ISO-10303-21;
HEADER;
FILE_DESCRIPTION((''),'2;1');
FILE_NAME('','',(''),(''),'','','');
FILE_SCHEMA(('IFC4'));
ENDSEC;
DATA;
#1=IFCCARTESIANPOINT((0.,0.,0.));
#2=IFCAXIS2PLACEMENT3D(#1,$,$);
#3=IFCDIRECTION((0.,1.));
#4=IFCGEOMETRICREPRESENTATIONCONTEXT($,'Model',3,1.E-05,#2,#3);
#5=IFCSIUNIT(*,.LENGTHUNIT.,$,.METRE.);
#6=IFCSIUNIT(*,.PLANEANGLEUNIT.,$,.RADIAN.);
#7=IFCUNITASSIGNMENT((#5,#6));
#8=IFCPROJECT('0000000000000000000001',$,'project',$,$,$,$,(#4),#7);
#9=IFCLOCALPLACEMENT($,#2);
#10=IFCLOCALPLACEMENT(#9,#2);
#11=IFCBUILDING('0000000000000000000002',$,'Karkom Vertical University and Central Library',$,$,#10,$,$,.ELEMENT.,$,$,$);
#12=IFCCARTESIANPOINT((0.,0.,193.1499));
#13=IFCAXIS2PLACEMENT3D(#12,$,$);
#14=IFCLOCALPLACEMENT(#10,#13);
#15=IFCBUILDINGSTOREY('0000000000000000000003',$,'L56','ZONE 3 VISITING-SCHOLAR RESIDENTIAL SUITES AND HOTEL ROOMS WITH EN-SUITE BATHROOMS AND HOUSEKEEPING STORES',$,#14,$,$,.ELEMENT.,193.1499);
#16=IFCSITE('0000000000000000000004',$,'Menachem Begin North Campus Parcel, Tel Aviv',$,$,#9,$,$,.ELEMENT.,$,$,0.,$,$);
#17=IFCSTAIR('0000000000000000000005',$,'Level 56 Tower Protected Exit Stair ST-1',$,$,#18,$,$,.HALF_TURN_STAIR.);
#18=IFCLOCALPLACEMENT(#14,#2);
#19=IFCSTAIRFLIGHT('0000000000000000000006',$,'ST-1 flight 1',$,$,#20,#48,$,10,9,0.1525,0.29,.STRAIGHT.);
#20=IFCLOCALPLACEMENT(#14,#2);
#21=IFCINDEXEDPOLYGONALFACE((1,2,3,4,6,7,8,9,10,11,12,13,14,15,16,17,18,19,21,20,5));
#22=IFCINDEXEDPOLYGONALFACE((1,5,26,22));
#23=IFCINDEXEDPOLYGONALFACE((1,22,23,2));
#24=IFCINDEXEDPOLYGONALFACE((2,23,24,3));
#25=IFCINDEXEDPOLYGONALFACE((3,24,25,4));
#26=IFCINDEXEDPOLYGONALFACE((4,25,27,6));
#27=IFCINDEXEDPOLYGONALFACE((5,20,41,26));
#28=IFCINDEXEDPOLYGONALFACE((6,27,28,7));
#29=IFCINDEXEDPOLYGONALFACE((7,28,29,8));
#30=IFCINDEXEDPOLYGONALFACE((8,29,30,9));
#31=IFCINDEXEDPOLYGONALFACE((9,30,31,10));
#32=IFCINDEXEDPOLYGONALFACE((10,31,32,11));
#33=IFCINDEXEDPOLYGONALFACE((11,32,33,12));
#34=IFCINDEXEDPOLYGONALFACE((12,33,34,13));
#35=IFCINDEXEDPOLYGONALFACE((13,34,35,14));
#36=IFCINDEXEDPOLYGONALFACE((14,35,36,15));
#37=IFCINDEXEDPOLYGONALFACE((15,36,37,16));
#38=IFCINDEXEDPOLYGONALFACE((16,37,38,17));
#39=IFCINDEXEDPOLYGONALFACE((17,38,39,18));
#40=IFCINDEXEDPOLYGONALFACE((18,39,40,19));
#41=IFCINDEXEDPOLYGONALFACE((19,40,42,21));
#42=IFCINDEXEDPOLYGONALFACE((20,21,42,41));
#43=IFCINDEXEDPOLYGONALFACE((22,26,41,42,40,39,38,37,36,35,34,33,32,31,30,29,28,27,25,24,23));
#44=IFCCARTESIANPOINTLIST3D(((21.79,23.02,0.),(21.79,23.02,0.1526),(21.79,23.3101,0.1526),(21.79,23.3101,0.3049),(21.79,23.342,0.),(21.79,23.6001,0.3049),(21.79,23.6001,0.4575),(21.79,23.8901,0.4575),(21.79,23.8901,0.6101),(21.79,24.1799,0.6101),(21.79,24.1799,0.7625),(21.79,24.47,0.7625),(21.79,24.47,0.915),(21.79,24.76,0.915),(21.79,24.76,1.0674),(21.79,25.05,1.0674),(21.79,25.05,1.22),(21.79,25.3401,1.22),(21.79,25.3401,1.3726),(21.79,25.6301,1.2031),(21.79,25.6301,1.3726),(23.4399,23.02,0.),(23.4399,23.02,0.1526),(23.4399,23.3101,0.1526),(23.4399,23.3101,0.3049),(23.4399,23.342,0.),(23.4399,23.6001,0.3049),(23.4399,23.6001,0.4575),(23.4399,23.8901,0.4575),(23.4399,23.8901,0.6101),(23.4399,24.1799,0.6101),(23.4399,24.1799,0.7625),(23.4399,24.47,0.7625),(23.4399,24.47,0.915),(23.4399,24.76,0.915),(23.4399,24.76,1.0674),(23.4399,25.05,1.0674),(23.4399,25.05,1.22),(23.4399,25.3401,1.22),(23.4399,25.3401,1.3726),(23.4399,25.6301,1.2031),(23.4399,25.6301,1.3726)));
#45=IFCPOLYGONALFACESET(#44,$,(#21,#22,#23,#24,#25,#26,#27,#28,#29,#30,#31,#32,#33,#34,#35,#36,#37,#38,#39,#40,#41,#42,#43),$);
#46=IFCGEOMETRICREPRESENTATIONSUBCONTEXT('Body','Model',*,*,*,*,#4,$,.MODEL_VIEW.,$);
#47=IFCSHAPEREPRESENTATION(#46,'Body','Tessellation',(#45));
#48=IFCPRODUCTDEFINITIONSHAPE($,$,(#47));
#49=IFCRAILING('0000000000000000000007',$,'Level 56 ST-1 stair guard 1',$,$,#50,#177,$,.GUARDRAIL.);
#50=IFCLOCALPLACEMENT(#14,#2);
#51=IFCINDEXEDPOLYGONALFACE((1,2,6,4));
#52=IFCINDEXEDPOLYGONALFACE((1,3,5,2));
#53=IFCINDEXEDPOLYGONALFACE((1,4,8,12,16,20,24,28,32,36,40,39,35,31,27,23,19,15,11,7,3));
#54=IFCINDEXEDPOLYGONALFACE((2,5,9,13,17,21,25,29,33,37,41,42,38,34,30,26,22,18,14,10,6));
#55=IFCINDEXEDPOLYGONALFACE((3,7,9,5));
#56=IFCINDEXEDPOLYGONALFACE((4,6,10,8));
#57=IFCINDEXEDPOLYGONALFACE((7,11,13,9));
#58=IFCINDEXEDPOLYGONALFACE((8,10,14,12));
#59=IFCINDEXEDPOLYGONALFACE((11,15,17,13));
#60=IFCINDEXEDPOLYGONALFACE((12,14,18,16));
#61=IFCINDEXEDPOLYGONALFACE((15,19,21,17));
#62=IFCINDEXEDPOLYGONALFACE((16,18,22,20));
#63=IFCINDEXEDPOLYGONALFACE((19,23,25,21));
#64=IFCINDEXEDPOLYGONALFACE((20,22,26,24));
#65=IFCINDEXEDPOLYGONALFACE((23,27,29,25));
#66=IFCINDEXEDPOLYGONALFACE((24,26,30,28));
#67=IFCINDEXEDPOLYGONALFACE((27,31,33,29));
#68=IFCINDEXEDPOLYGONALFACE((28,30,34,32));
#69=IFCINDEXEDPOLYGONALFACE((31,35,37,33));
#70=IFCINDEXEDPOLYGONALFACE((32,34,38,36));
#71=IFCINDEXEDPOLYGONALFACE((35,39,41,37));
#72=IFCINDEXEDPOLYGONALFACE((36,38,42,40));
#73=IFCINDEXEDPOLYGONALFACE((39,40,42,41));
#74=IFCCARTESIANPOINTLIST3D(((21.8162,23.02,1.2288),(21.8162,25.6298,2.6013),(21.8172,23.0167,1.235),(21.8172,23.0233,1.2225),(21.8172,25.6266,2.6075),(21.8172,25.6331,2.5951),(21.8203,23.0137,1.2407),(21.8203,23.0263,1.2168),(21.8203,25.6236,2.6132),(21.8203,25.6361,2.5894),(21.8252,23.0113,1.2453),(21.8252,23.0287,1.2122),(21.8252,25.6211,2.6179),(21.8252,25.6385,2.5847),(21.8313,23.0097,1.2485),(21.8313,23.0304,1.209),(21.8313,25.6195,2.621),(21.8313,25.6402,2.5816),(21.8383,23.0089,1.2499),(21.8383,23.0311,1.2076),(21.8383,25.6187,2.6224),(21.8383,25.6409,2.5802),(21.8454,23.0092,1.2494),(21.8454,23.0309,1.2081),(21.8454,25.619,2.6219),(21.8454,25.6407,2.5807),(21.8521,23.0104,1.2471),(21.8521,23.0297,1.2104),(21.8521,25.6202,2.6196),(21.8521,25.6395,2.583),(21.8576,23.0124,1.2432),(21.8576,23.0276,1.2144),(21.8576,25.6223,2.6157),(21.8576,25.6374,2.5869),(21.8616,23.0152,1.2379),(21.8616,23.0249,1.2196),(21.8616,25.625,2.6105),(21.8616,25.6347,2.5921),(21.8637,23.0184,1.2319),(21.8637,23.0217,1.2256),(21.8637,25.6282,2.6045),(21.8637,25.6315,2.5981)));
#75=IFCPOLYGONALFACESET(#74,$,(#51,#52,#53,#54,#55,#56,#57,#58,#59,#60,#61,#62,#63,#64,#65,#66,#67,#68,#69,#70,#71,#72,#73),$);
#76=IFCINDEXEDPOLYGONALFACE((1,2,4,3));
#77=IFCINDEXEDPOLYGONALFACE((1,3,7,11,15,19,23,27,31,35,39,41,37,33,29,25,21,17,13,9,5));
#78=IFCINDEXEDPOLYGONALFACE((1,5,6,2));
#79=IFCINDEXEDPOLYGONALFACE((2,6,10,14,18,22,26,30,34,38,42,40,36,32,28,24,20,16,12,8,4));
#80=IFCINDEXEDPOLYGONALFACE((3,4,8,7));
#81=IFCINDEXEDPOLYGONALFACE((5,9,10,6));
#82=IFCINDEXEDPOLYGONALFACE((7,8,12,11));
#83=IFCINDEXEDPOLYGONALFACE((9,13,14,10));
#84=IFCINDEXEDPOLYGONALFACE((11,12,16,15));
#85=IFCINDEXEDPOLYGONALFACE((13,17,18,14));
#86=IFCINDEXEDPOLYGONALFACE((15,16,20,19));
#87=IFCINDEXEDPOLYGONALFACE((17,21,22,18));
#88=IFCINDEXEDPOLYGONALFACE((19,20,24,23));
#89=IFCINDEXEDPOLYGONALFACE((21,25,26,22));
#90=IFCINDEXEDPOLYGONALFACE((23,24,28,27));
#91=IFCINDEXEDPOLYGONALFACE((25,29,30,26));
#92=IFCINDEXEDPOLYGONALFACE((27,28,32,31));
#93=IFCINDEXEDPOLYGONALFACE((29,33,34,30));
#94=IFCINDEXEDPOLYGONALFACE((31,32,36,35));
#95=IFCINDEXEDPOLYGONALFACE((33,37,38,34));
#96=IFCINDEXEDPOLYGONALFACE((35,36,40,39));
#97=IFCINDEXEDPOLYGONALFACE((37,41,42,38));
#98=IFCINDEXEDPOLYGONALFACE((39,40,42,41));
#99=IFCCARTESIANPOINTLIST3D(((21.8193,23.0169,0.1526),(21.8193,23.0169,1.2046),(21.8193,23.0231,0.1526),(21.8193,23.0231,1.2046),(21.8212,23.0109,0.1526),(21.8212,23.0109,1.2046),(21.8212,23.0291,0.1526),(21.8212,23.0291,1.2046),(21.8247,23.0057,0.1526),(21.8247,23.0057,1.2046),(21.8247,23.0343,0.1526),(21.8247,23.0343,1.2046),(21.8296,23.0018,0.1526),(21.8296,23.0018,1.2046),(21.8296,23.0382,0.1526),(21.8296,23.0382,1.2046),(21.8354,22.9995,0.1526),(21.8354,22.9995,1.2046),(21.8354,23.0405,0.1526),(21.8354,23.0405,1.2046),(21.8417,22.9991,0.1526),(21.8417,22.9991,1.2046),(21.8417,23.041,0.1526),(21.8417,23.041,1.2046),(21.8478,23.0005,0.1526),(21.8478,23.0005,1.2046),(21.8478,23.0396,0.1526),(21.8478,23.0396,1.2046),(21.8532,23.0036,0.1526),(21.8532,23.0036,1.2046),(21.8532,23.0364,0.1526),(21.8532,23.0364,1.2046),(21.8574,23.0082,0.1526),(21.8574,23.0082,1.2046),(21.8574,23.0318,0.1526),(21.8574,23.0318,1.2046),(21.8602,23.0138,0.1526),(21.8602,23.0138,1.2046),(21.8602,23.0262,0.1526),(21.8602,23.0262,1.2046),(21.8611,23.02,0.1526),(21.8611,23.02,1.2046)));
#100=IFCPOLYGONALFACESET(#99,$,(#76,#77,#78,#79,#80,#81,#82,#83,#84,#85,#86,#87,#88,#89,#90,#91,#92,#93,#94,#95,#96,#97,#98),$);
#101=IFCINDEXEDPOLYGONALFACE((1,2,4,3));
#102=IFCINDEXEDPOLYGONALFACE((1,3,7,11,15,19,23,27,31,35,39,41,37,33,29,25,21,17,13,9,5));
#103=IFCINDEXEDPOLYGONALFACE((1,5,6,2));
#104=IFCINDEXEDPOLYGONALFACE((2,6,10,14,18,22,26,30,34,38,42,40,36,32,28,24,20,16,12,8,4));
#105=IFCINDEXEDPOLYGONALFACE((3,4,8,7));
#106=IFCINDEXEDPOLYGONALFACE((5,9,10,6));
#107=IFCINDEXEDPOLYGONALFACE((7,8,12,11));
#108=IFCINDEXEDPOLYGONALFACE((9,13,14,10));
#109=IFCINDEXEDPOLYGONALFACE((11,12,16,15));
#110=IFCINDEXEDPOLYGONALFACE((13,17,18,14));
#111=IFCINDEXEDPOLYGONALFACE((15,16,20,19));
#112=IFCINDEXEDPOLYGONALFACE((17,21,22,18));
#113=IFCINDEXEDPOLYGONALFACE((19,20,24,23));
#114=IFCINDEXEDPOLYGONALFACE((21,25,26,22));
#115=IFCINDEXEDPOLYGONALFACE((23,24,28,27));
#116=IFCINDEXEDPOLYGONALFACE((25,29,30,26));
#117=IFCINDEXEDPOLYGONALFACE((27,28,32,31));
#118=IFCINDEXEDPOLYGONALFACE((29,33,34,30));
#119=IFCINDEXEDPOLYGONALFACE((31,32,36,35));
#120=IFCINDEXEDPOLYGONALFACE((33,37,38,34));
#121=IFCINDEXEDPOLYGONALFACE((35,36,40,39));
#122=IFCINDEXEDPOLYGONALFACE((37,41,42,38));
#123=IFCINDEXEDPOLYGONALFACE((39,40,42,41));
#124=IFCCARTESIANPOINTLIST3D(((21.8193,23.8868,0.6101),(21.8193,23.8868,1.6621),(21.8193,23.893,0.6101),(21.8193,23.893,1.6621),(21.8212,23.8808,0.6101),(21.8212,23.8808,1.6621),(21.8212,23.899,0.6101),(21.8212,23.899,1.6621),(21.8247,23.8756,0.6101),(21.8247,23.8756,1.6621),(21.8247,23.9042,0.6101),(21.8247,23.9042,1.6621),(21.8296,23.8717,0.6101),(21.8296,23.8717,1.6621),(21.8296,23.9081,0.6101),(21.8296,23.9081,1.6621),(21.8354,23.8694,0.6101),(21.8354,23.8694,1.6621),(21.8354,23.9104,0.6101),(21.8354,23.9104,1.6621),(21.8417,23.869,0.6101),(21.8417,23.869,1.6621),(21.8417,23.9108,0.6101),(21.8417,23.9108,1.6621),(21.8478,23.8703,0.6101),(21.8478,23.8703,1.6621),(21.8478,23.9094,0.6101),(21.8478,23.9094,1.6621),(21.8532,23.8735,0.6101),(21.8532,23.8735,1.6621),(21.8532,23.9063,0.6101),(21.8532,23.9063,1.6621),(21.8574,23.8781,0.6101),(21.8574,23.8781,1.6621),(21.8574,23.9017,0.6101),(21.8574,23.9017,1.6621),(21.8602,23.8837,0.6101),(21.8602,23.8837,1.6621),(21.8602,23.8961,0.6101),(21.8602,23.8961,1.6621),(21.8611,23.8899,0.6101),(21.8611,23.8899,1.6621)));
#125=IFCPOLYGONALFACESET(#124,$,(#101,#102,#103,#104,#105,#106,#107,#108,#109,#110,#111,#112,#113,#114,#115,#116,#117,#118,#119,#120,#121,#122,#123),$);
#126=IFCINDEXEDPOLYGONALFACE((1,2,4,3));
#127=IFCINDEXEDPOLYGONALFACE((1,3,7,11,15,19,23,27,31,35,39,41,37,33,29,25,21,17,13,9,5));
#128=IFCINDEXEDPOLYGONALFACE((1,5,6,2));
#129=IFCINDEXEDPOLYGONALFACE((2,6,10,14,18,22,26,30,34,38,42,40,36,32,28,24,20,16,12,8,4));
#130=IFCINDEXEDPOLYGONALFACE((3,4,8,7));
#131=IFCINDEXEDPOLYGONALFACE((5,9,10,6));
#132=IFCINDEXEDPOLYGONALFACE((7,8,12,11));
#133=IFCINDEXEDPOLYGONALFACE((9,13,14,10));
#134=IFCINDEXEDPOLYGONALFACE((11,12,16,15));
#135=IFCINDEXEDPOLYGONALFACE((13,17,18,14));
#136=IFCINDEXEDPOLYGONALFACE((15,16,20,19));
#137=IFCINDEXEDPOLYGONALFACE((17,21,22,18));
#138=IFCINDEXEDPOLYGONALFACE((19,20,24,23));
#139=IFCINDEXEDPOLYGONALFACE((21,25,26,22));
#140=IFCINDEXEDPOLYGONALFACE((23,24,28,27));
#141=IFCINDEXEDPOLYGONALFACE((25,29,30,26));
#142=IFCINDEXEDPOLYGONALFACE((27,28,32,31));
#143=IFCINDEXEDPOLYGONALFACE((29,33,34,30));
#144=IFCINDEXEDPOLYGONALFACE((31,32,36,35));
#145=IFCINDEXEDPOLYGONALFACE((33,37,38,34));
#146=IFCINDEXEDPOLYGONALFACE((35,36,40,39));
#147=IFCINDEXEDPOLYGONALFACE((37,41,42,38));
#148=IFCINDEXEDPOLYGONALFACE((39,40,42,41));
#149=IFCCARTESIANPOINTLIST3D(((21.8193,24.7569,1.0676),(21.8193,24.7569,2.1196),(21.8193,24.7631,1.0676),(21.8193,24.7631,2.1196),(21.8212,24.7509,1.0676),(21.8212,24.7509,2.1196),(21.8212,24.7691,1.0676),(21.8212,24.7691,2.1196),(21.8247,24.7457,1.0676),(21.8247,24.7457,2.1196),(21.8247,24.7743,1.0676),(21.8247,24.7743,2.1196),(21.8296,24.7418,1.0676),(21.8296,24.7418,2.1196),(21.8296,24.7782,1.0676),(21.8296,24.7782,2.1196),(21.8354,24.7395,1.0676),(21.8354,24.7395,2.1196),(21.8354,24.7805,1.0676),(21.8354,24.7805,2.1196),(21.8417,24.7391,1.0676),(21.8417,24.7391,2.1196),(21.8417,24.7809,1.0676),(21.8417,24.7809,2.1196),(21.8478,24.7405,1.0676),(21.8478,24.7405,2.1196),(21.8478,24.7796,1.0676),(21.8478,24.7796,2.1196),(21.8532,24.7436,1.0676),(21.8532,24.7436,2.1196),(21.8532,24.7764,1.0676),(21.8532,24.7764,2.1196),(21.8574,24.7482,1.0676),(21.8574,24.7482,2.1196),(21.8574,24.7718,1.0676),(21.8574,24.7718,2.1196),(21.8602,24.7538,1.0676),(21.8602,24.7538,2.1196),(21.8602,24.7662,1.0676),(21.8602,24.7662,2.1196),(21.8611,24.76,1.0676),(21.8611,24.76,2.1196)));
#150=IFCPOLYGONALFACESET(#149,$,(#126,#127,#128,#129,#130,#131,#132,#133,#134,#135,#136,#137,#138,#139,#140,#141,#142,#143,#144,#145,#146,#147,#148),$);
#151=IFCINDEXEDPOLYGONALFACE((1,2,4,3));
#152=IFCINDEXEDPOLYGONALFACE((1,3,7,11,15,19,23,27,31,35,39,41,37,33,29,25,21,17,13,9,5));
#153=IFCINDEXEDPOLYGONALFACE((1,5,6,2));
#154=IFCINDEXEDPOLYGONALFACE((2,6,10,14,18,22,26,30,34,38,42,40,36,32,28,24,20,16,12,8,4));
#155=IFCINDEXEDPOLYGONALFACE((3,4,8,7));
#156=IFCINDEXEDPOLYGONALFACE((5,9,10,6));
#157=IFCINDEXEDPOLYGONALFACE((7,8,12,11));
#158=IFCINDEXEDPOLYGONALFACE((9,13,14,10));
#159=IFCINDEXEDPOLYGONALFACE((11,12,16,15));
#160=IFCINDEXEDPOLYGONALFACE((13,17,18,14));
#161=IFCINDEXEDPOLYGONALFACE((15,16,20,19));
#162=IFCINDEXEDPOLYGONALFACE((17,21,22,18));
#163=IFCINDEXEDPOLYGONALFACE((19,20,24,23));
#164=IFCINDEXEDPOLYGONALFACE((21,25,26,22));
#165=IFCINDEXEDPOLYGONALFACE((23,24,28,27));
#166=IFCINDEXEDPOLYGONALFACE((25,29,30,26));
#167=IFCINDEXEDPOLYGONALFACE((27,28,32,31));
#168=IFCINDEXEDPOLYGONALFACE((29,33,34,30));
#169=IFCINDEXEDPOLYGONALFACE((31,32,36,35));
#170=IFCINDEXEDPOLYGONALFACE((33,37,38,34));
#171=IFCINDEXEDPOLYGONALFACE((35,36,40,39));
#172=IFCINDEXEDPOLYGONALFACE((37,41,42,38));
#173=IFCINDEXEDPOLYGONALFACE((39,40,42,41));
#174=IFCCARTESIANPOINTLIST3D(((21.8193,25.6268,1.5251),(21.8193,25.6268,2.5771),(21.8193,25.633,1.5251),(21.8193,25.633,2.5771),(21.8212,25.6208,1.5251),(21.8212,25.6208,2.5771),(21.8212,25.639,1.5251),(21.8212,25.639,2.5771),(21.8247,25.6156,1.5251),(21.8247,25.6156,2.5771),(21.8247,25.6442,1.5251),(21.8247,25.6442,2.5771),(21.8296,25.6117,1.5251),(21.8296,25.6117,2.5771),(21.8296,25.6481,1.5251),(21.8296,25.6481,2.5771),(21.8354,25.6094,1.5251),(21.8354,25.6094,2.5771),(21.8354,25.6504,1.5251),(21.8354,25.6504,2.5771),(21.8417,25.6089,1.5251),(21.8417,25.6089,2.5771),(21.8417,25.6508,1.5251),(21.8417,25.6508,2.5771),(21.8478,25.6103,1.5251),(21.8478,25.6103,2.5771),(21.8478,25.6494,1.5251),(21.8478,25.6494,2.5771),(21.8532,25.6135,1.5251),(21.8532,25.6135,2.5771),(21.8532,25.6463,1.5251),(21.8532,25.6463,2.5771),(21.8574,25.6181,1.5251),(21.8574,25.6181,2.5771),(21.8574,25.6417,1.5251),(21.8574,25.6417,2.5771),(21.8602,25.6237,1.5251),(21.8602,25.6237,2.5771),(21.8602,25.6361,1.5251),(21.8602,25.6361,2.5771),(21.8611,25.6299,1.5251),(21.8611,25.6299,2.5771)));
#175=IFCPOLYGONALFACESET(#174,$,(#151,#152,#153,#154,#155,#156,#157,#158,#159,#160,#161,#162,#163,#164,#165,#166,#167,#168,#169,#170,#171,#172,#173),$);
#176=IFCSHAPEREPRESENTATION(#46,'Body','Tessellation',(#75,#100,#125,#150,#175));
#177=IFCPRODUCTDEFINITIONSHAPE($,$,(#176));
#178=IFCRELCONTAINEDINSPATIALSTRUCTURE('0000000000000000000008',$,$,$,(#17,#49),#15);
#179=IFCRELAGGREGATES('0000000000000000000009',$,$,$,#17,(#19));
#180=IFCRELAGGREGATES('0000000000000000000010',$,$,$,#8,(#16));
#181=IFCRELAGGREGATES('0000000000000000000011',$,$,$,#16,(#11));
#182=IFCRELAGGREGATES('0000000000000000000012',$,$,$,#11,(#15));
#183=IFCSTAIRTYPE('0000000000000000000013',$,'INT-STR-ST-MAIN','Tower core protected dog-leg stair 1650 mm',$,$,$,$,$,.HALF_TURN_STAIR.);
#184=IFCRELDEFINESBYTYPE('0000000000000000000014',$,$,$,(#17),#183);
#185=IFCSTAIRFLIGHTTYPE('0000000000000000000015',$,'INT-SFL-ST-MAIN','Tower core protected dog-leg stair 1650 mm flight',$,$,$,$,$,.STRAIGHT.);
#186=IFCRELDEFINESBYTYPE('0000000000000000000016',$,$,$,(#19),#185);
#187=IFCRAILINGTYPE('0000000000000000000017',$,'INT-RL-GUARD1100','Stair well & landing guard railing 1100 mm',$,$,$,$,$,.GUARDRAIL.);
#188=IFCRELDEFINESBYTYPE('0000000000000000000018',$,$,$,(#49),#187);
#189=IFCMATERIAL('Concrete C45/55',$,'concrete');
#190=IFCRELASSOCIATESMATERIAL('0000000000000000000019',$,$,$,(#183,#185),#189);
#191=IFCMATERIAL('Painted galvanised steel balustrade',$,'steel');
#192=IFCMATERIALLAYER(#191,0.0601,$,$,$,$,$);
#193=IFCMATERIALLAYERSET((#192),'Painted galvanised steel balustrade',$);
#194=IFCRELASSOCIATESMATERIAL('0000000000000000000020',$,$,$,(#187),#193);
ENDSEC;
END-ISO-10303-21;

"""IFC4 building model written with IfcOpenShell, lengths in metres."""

from ifc_helpers import new_model, si_unit, direction, frame, origin, origin_2d, place, context, subcontext, project, spatial, polyline, circle, outline, extrude, material, layer, layer_set, type_object, element, aggregate, save


model = new_model("IFC4")

# Units and contexts
model_context = context("Model", 3, precision=1e-05, world=origin(), true_north=direction((0.0, 1.0)))
body_context = subcontext(model_context, "Body", "Model", "MODEL_VIEW")
ifc_project = project(units=[si_unit("LENGTHUNIT", "METRE"), si_unit("PLANEANGLEUNIT", "RADIAN")], contexts=[model_context])

# Site, building, storey
site_placement = place(None, origin())
site = spatial("IfcSite", under=ifc_project, at=site_placement, Name="Menachem Begin North Campus Parcel, Tel Aviv", CompositionType="ELEMENT", RefElevation=0.0)
building_placement = place(site_placement, origin())
building = spatial("IfcBuilding", under=site, at=building_placement, Name="Karkom Vertical University and Central Library", CompositionType="ELEMENT")
storey_placement = place(building_placement, frame((0.0, 0.0, 193.1499)))
storey = spatial("IfcBuildingStorey", under=building, at=storey_placement, Name="L56", Description="ZONE 3 VISITING-SCHOLAR RESIDENTIAL SUITES AND HOTEL ROOMS WITH EN-SUITE BATHROOMS AND HOUSEKEEPING STORES", CompositionType="ELEMENT", Elevation=193.1499)

# Shared definitions
ifc_material_1 = material(Name="Concrete C45/55", Category="concrete")

# Stair, stair flight
stair_type = type_object("IfcStairType", Name="INT-STR-ST-MAIN", Description="Tower core protected dog-leg stair 1650 mm", PredefinedType="HALF_TURN_STAIR", material=ifc_material_1)
stair_placement = place(storey_placement, origin())
stair = element("IfcStair", 1, at=stair_placement, inside=storey, type_object=stair_type, Name="Level 56 Tower Protected Exit Stair ST-1", PredefinedType="HALF_TURN_STAIR")
stair_flight_type = type_object("IfcStairFlightType", Name="INT-SFL-ST-MAIN", Description="Tower core protected dog-leg stair 1650 mm flight", PredefinedType="STRAIGHT", material=ifc_material_1)
stair_flight_placement = place(storey_placement, frame((22.615, 23.02, 0.0), z_axis=(0.0, 0.0, 1.0), x_axis=(0.0, 1.0, 0.0)))
stair_flight = element("IfcStairFlight", 2, at=stair_flight_placement, type_object=stair_flight_type, Name="ST-1 flight 1", NumberOfRisers=10, NumberOfTreads=9, PredefinedType="STRAIGHT", RiserHeight=0.1525, TreadLength=0.29, context=body_context, shape_type="SweptSolid", body=[
    extrude(outline(polyline([(0.0, 0.0), (0.0, 0.1526), (0.29, 0.1526), (0.29, 0.3049), (0.5801, 0.3049), (0.5801, 0.4575), (0.8701, 0.4575), (0.8701, 0.6101), (1.1599, 0.6101), (1.1599, 0.7625), (1.45, 0.7625), (1.45, 0.915), (1.74, 0.915), (1.74, 1.0674), (2.03, 1.0674), (2.03, 1.22), (2.3201, 1.22), (2.3201, 1.3726), (2.6101, 1.3726), (2.6101, 1.5249), (2.6101, 1.2031), (0.322, 0.0), (0.0, 0.0)])), frame((0.0, 0.825, 0.0), z_axis=(0.0, -1.0, 0.0), x_axis=(1.0, 0.0, 0.0)), (0.0, 0.0, 1.0), 1.6499),
])
aggregate(stair, [stair_flight])

# Railing
ifc_material_2 = material(Name="Painted galvanised steel balustrade", Category="steel")
ifc_layer_1 = layer(ifc_material_2, 0.0601)
ifc_layer_set_1 = layer_set([ifc_layer_1], Name="Painted galvanised steel balustrade")
railing_type_1 = type_object("IfcRailingType", Name="INT-RL-GUARD1100", Description="Stair well & landing guard railing 1100 mm", PredefinedType="GUARDRAIL", material=ifc_layer_set_1)
railing_1_placement = place(storey_placement, frame((21.8401, 23.02, 0.1526)))
element("IfcRailing", 3, at=railing_1_placement, inside=storey, type_object=railing_type_1, Name="Level 56 ST-1 stair guard 1", PredefinedType="GUARDRAIL", context=body_context, shape_type="SweptSolid", body=[
    extrude(circle(Radius=0.0239, at=origin_2d()), frame((0.0, 0.0, 1.0762), z_axis=(0.0, 0.885065, 0.465467), x_axis=(-1.0, 0.0, 0.0)), (0.0, 0.0, 1.0), 2.9487),
    extrude(circle(Radius=0.021, at=origin_2d()), origin(), (0.0, 0.0, 1.0), 1.052),
    extrude(circle(Radius=0.021, at=origin_2d()), frame((0.0, 0.8699, 0.4575)), (0.0, 0.0, 1.0), 1.052),
    extrude(circle(Radius=0.021, at=origin_2d()), frame((0.0, 1.74, 0.915)), (0.0, 0.0, 1.0), 1.052),
    extrude(circle(Radius=0.021, at=origin_2d()), frame((0.0, 2.6099, 1.3726)), (0.0, 0.0, 1.0), 1.052),
])

save(model, "model.ifc")
